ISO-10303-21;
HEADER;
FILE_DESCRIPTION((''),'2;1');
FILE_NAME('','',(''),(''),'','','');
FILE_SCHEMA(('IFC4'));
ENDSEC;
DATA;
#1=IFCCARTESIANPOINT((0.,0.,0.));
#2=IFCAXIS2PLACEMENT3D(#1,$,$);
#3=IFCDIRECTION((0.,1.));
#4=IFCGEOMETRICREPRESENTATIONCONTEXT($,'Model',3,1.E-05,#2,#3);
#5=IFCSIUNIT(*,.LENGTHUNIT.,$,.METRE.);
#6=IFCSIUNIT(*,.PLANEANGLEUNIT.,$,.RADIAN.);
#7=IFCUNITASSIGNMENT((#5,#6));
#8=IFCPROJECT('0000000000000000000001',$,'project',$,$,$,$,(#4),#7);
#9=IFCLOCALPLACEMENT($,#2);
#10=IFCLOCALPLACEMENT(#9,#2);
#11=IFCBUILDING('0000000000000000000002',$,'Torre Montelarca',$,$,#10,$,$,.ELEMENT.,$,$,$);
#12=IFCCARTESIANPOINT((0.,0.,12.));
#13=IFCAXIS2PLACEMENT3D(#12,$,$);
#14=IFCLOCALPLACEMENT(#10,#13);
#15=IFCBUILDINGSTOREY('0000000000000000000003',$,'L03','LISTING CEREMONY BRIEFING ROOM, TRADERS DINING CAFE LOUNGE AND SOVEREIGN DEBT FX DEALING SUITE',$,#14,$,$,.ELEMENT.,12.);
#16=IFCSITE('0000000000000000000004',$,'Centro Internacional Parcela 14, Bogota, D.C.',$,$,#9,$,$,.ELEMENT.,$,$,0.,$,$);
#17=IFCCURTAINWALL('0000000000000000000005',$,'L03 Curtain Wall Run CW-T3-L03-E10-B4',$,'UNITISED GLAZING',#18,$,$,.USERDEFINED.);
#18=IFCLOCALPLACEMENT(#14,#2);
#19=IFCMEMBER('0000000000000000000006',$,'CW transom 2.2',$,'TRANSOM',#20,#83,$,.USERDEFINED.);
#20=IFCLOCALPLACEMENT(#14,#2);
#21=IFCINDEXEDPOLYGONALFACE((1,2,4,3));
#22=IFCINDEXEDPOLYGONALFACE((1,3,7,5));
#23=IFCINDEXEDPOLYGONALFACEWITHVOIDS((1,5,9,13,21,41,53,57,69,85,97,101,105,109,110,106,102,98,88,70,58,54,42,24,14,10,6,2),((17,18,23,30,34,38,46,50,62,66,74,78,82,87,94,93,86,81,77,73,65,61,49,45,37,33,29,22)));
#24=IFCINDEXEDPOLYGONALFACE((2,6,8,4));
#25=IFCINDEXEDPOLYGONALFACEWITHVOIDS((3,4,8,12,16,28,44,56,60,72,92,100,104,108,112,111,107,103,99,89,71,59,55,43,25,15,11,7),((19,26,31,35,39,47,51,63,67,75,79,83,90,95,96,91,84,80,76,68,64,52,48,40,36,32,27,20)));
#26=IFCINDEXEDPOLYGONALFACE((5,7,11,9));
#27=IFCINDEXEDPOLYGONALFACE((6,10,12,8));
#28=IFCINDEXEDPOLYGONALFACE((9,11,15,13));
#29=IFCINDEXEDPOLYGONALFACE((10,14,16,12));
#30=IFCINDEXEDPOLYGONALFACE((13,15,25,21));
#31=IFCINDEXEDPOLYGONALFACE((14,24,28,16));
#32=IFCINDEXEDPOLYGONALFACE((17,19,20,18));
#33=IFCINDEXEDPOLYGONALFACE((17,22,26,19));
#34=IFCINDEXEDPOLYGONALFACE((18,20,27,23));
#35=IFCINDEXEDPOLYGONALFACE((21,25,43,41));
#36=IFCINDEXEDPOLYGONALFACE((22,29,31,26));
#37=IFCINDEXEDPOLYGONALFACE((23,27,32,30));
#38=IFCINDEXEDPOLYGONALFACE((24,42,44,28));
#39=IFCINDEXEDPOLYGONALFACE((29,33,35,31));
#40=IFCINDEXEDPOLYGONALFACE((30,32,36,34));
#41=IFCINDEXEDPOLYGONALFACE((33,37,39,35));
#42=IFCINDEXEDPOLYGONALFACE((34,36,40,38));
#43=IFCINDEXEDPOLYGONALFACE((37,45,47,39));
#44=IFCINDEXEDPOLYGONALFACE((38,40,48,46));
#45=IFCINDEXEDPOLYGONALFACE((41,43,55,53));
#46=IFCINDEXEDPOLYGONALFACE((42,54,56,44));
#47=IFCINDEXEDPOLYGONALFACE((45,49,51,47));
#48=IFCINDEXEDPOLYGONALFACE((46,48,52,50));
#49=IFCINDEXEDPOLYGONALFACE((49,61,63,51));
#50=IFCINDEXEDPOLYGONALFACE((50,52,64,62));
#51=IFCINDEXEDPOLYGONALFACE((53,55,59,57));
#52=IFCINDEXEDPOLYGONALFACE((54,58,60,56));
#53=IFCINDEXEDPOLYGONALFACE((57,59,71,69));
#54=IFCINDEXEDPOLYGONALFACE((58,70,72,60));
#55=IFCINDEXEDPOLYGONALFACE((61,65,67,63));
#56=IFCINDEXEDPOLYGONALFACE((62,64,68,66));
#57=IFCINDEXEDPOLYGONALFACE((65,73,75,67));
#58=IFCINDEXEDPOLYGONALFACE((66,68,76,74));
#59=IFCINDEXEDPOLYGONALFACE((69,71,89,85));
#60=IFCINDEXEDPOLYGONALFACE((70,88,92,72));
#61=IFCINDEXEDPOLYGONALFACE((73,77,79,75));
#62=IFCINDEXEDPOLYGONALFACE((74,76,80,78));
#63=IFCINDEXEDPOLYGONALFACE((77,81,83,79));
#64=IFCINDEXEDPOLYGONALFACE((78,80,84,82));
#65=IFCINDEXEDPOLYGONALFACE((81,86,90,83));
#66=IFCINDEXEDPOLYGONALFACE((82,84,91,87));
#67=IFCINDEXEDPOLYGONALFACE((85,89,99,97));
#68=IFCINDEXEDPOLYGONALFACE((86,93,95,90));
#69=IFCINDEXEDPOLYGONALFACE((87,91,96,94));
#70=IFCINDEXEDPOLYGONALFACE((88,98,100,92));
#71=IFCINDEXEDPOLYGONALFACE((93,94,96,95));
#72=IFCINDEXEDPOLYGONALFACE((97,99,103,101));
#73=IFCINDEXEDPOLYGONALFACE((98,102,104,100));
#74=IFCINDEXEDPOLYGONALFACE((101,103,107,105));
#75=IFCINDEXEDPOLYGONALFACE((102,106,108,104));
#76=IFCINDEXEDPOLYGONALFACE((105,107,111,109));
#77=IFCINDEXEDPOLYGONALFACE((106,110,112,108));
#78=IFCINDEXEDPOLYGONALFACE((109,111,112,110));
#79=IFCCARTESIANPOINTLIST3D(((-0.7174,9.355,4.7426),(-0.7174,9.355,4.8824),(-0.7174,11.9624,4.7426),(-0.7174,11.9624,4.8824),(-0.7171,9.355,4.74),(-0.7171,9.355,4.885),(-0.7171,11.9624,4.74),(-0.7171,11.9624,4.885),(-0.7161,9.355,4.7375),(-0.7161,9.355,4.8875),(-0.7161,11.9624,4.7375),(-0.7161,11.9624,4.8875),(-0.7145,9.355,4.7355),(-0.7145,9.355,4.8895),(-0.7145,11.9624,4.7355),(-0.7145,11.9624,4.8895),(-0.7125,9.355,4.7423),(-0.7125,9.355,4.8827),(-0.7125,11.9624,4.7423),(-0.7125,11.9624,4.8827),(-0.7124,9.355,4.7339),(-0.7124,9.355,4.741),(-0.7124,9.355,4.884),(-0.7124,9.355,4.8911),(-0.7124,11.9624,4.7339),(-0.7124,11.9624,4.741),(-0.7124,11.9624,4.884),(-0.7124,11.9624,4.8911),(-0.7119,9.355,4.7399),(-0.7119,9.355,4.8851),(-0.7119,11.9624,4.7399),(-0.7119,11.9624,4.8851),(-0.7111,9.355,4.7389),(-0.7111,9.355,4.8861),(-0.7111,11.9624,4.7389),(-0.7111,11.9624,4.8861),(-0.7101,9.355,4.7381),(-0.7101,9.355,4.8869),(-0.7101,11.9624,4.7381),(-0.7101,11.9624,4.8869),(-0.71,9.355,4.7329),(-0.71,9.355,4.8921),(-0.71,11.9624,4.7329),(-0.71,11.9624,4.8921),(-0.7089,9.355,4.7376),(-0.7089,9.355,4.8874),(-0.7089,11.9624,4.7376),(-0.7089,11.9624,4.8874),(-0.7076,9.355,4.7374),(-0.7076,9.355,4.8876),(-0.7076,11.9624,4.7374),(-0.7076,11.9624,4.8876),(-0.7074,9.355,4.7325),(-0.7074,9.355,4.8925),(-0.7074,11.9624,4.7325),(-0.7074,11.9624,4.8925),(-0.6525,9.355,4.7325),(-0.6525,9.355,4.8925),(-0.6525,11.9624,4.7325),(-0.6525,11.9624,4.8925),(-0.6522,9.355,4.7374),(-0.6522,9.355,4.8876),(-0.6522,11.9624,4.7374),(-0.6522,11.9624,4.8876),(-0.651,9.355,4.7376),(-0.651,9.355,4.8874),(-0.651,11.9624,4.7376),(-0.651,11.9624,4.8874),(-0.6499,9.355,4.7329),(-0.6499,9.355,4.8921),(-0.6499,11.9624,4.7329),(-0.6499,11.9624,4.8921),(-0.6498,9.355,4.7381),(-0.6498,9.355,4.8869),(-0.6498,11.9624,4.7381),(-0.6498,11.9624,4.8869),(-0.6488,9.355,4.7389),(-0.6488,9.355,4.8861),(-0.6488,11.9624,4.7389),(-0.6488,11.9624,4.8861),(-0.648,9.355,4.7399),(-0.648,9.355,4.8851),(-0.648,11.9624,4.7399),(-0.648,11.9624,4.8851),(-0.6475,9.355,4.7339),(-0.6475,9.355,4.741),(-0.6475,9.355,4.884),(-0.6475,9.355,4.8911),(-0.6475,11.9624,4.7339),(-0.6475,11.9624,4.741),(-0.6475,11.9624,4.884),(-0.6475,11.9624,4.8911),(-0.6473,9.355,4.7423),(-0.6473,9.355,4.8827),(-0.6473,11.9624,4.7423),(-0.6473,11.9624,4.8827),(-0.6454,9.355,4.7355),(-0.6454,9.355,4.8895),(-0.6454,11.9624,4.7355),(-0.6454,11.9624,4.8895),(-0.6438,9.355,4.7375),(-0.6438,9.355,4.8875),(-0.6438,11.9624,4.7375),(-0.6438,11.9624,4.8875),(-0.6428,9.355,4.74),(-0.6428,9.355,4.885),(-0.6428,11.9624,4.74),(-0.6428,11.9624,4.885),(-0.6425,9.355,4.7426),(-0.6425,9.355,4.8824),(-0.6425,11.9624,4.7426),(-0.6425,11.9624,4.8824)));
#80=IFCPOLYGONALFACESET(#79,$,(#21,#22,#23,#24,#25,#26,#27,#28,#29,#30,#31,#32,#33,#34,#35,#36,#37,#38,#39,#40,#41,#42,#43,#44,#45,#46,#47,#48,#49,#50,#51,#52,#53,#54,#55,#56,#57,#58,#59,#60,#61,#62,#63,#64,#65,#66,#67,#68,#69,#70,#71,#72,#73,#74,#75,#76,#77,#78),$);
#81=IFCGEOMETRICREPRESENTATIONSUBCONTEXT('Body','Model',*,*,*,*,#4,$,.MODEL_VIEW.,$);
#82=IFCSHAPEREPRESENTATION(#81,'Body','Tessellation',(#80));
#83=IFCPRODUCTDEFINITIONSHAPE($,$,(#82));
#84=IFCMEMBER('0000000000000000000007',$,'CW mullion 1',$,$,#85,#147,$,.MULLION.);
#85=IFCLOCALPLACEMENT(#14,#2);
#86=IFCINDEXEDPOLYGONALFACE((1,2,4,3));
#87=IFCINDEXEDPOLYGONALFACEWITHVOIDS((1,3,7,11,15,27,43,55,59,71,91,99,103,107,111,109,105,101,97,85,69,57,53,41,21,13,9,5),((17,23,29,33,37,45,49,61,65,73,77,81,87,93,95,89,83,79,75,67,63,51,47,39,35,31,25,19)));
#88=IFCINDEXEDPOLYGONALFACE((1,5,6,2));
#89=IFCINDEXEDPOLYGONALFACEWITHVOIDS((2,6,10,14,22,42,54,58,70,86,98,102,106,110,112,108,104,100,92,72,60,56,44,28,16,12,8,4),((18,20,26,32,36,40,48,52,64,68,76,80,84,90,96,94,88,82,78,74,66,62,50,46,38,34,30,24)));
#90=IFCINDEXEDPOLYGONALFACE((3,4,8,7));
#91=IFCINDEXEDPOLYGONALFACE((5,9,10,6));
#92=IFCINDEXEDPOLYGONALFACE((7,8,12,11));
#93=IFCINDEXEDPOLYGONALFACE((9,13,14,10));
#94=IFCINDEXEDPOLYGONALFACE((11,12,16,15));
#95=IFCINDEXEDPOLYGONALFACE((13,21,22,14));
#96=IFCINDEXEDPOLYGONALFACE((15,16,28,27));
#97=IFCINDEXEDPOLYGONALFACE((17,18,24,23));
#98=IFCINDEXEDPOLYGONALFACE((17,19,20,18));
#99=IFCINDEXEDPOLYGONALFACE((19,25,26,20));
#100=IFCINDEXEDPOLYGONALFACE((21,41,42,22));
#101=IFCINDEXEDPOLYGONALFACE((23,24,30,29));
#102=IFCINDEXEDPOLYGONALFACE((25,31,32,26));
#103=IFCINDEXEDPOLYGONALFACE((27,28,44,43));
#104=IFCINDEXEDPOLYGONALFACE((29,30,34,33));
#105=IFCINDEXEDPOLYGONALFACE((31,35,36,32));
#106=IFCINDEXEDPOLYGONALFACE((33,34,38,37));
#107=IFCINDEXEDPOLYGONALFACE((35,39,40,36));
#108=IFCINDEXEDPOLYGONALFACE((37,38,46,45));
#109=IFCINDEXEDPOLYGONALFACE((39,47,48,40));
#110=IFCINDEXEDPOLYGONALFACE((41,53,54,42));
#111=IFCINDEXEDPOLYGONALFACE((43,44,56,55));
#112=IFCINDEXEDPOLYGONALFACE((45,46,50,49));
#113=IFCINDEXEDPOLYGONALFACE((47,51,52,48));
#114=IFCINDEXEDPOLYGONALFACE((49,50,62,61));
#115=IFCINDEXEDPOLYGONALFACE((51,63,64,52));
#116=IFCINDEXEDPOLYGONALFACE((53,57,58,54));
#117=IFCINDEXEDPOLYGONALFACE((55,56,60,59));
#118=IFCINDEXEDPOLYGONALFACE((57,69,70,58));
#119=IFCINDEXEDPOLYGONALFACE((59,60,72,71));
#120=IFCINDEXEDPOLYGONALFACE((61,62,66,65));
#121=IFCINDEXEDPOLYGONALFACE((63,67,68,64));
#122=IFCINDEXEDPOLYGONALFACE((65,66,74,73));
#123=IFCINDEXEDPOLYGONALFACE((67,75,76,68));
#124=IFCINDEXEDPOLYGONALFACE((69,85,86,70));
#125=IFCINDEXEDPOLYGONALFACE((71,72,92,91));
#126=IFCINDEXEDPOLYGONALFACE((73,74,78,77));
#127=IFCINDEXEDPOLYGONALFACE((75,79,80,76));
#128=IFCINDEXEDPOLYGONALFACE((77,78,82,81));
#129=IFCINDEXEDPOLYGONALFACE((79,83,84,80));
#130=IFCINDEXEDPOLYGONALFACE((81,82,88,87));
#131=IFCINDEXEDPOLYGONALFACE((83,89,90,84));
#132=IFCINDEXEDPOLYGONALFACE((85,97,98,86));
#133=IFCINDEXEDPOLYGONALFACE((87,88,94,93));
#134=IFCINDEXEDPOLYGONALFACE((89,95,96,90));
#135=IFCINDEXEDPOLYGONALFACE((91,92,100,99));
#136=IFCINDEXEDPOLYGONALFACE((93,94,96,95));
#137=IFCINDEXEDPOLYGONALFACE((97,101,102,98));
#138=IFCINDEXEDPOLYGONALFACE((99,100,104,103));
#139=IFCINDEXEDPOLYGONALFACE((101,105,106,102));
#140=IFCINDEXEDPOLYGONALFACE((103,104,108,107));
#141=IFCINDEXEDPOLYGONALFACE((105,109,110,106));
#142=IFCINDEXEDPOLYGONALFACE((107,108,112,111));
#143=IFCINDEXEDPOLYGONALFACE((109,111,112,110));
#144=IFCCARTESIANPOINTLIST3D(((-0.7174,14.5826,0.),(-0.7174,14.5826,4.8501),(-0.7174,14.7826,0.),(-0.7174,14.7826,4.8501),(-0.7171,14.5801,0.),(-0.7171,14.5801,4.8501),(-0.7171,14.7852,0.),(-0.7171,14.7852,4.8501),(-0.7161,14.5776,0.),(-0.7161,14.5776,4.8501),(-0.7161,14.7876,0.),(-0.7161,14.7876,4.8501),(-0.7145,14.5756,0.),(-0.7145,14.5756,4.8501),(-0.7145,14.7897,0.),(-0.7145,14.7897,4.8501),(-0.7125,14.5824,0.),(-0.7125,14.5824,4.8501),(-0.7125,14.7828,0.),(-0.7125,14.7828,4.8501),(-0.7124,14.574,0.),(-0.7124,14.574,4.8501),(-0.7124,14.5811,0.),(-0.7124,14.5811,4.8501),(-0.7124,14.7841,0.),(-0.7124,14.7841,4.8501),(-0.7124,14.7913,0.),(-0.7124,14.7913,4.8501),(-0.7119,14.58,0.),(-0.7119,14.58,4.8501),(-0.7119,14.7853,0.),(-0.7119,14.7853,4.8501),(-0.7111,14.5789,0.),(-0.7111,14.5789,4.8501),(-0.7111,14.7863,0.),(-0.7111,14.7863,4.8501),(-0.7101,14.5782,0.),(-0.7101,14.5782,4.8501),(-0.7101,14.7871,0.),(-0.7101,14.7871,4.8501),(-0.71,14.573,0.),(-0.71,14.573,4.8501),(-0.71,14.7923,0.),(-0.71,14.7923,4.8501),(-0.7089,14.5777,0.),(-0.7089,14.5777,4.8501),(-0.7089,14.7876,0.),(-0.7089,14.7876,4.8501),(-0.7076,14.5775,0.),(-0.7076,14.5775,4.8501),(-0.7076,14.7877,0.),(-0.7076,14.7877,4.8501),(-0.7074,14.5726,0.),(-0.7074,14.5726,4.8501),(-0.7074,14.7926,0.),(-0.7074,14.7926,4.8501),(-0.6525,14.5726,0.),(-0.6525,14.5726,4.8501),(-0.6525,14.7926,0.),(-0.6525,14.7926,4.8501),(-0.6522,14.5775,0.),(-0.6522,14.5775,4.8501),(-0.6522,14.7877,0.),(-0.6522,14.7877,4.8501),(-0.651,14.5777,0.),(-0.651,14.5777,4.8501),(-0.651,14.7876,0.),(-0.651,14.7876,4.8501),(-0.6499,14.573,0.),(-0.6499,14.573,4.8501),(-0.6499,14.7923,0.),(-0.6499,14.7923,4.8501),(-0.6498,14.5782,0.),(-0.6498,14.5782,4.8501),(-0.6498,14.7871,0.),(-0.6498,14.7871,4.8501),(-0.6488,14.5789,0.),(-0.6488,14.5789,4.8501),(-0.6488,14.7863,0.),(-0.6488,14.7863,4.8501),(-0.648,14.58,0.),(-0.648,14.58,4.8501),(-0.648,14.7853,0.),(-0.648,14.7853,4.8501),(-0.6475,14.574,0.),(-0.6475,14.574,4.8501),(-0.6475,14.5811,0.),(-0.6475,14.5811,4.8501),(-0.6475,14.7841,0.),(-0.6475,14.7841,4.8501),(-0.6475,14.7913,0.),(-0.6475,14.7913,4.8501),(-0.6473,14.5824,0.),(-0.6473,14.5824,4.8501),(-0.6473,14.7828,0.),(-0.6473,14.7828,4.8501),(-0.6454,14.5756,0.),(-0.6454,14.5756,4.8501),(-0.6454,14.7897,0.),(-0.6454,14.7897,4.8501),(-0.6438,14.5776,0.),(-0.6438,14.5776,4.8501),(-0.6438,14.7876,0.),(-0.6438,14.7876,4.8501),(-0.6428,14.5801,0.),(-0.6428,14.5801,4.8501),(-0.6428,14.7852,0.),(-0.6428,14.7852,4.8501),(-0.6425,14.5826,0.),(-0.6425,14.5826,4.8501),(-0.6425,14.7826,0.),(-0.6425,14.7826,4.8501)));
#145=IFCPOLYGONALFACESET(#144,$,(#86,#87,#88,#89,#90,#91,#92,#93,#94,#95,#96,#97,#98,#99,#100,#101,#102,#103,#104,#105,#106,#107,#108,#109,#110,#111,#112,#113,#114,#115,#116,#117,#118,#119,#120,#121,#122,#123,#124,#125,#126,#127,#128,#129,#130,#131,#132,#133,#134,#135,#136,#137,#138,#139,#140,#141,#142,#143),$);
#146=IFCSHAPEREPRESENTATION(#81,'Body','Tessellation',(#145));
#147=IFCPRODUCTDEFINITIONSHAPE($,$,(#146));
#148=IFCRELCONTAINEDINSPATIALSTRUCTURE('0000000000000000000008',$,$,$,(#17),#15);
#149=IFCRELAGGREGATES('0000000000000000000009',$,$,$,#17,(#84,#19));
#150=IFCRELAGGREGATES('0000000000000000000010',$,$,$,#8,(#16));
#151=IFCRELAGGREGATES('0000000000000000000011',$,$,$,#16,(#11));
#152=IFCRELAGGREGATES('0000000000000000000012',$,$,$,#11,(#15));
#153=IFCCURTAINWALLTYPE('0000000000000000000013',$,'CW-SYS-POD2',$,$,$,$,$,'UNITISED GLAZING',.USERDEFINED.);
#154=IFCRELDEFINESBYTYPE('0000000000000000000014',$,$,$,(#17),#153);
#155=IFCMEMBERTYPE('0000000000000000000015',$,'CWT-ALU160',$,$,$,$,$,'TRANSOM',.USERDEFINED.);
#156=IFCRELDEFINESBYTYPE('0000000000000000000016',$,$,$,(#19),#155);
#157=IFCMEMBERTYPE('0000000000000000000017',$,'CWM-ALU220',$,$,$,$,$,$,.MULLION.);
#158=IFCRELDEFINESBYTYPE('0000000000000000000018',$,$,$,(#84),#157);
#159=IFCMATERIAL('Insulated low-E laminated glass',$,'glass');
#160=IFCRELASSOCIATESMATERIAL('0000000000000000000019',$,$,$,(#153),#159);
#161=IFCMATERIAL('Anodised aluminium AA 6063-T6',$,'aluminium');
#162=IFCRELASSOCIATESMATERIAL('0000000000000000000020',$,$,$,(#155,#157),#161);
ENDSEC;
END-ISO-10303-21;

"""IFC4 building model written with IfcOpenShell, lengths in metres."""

from ifc_helpers import new_model, si_unit, direction, frame, origin, origin_2d, place, context, subcontext, project, spatial, hollow_rectangle, extrude, source, transform, mapped, material, material_profile, profile_set, type_object, element, aggregate, save


model = new_model("IFC4")

# Units and contexts
model_context = context("Model", 3, precision=1e-05, world=origin(), true_north=direction((0.0, 1.0)))
body_context = subcontext(model_context, "Body", "Model", "MODEL_VIEW")
ifc_project = project(units=[si_unit("LENGTHUNIT", "METRE"), si_unit("PLANEANGLEUNIT", "RADIAN")], contexts=[model_context])

# Site, building, storey
site_placement = place(None, origin())
site = spatial("IfcSite", under=ifc_project, at=site_placement, Name="Centro Internacional Parcela 14, Bogota, D.C.", CompositionType="ELEMENT", RefElevation=0.0)
building_placement = place(site_placement, origin())
building = spatial("IfcBuilding", under=site, at=building_placement, Name="Torre Montelarca", CompositionType="ELEMENT")
storey_placement = place(building_placement, frame((0.0, 0.0, 12.0)))
storey = spatial("IfcBuildingStorey", under=building, at=storey_placement, Name="L03", Description="LISTING CEREMONY BRIEFING ROOM, TRADERS DINING CAFE LOUNGE AND SOVEREIGN DEBT FX DEALING SUITE", CompositionType="ELEMENT", Elevation=12.0)

# Curtain wall, members
ifc_material_1 = material(Name="Insulated low-E laminated glass", Category="glass")
curtain_wall_type = type_object("IfcCurtainWallType", Name="CW-SYS-POD2", ElementType="UNITISED GLAZING", PredefinedType="USERDEFINED", material=ifc_material_1)
curtain_wall_placement = place(storey_placement, origin())
curtain_wall = element("IfcCurtainWall", 1, at=curtain_wall_placement, inside=storey, type_object=curtain_wall_type, Name="L03 Curtain Wall Run CW-T3-L03-E10-B4", ObjectType="UNITISED GLAZING", PredefinedType="USERDEFINED")
ifc_material_2 = material(Name="Anodised aluminium AA 6063-T6", Category="aluminium")
ifc_material_profile_1 = material_profile(ifc_material_2, hollow_rectangle(XDim=0.075, YDim=0.1599, WallThickness=0.0049, InnerFilletRadius=0.0049, OuterFilletRadius=0.01, at=origin_2d()), Name="ALU75X160X5", Category="aluminium")
ifc_profile_set_1 = profile_set([ifc_material_profile_1], Name="Anodised aluminium AA 6063-T6")
member_type_1 = type_object("IfcMemberType", Name="CWT-ALU160", ElementType="TRANSOM", PredefinedType="USERDEFINED", material=ifc_profile_set_1)
shared_shape_1 = source(origin(), body_context, "Body", "SweptSolid", [
    extrude(hollow_rectangle(XDim=0.075, YDim=0.1599, WallThickness=0.0049, InnerFilletRadius=0.0049, OuterFilletRadius=0.01, at=origin_2d()), origin(), (0.0, 0.0, 1.0), 2.6074),
])
member_1_placement = place(storey_placement, frame((-0.6799, 11.9624, 4.8125), z_axis=(0.0, -1.0, 0.0), x_axis=(1.0, 0.0, 0.0)))
member_1 = element("IfcMember", 2, at=member_1_placement, type_object=member_type_1, Name="CW transom 2.2", ObjectType="TRANSOM", PredefinedType="USERDEFINED", context=body_context, shape_type="MappedRepresentation", body=[
    mapped(shared_shape_1, transform((0.0, 0.0, 0.0), scale=1.0)),
])
ifc_material_profile_2 = material_profile(ifc_material_2, hollow_rectangle(XDim=0.075, YDim=0.22, WallThickness=0.0049, InnerFilletRadius=0.0049, OuterFilletRadius=0.01, at=origin_2d()), Name="ALU75X220X5", Category="aluminium")
ifc_profile_set_2 = profile_set([ifc_material_profile_2], Name="Anodised aluminium AA 6063-T6")
member_type_2 = type_object("IfcMemberType", Name="CWM-ALU220", PredefinedType="MULLION", material=ifc_profile_set_2)
shared_shape_2 = source(origin(), body_context, "Body", "SweptSolid", [
    extrude(hollow_rectangle(XDim=0.075, YDim=0.22, WallThickness=0.0049, InnerFilletRadius=0.0049, OuterFilletRadius=0.01, at=origin_2d()), origin(), (0.0, 0.0, 1.0), 4.8501),
])
member_2_placement = place(storey_placement, frame((-0.6799, 14.6826, 0.0), z_axis=(0.0, 0.0, 1.0), x_axis=(1.0, 0.0, 0.0)))
member_2 = element("IfcMember", 3, at=member_2_placement, type_object=member_type_2, Name="CW mullion 1", PredefinedType="MULLION", context=body_context, shape_type="MappedRepresentation", body=[
    mapped(shared_shape_2, transform((0.0, 0.0, 0.0), scale=1.0)),
])

aggregate(curtain_wall, [member_2, member_1])

save(model, "model.ifc")
